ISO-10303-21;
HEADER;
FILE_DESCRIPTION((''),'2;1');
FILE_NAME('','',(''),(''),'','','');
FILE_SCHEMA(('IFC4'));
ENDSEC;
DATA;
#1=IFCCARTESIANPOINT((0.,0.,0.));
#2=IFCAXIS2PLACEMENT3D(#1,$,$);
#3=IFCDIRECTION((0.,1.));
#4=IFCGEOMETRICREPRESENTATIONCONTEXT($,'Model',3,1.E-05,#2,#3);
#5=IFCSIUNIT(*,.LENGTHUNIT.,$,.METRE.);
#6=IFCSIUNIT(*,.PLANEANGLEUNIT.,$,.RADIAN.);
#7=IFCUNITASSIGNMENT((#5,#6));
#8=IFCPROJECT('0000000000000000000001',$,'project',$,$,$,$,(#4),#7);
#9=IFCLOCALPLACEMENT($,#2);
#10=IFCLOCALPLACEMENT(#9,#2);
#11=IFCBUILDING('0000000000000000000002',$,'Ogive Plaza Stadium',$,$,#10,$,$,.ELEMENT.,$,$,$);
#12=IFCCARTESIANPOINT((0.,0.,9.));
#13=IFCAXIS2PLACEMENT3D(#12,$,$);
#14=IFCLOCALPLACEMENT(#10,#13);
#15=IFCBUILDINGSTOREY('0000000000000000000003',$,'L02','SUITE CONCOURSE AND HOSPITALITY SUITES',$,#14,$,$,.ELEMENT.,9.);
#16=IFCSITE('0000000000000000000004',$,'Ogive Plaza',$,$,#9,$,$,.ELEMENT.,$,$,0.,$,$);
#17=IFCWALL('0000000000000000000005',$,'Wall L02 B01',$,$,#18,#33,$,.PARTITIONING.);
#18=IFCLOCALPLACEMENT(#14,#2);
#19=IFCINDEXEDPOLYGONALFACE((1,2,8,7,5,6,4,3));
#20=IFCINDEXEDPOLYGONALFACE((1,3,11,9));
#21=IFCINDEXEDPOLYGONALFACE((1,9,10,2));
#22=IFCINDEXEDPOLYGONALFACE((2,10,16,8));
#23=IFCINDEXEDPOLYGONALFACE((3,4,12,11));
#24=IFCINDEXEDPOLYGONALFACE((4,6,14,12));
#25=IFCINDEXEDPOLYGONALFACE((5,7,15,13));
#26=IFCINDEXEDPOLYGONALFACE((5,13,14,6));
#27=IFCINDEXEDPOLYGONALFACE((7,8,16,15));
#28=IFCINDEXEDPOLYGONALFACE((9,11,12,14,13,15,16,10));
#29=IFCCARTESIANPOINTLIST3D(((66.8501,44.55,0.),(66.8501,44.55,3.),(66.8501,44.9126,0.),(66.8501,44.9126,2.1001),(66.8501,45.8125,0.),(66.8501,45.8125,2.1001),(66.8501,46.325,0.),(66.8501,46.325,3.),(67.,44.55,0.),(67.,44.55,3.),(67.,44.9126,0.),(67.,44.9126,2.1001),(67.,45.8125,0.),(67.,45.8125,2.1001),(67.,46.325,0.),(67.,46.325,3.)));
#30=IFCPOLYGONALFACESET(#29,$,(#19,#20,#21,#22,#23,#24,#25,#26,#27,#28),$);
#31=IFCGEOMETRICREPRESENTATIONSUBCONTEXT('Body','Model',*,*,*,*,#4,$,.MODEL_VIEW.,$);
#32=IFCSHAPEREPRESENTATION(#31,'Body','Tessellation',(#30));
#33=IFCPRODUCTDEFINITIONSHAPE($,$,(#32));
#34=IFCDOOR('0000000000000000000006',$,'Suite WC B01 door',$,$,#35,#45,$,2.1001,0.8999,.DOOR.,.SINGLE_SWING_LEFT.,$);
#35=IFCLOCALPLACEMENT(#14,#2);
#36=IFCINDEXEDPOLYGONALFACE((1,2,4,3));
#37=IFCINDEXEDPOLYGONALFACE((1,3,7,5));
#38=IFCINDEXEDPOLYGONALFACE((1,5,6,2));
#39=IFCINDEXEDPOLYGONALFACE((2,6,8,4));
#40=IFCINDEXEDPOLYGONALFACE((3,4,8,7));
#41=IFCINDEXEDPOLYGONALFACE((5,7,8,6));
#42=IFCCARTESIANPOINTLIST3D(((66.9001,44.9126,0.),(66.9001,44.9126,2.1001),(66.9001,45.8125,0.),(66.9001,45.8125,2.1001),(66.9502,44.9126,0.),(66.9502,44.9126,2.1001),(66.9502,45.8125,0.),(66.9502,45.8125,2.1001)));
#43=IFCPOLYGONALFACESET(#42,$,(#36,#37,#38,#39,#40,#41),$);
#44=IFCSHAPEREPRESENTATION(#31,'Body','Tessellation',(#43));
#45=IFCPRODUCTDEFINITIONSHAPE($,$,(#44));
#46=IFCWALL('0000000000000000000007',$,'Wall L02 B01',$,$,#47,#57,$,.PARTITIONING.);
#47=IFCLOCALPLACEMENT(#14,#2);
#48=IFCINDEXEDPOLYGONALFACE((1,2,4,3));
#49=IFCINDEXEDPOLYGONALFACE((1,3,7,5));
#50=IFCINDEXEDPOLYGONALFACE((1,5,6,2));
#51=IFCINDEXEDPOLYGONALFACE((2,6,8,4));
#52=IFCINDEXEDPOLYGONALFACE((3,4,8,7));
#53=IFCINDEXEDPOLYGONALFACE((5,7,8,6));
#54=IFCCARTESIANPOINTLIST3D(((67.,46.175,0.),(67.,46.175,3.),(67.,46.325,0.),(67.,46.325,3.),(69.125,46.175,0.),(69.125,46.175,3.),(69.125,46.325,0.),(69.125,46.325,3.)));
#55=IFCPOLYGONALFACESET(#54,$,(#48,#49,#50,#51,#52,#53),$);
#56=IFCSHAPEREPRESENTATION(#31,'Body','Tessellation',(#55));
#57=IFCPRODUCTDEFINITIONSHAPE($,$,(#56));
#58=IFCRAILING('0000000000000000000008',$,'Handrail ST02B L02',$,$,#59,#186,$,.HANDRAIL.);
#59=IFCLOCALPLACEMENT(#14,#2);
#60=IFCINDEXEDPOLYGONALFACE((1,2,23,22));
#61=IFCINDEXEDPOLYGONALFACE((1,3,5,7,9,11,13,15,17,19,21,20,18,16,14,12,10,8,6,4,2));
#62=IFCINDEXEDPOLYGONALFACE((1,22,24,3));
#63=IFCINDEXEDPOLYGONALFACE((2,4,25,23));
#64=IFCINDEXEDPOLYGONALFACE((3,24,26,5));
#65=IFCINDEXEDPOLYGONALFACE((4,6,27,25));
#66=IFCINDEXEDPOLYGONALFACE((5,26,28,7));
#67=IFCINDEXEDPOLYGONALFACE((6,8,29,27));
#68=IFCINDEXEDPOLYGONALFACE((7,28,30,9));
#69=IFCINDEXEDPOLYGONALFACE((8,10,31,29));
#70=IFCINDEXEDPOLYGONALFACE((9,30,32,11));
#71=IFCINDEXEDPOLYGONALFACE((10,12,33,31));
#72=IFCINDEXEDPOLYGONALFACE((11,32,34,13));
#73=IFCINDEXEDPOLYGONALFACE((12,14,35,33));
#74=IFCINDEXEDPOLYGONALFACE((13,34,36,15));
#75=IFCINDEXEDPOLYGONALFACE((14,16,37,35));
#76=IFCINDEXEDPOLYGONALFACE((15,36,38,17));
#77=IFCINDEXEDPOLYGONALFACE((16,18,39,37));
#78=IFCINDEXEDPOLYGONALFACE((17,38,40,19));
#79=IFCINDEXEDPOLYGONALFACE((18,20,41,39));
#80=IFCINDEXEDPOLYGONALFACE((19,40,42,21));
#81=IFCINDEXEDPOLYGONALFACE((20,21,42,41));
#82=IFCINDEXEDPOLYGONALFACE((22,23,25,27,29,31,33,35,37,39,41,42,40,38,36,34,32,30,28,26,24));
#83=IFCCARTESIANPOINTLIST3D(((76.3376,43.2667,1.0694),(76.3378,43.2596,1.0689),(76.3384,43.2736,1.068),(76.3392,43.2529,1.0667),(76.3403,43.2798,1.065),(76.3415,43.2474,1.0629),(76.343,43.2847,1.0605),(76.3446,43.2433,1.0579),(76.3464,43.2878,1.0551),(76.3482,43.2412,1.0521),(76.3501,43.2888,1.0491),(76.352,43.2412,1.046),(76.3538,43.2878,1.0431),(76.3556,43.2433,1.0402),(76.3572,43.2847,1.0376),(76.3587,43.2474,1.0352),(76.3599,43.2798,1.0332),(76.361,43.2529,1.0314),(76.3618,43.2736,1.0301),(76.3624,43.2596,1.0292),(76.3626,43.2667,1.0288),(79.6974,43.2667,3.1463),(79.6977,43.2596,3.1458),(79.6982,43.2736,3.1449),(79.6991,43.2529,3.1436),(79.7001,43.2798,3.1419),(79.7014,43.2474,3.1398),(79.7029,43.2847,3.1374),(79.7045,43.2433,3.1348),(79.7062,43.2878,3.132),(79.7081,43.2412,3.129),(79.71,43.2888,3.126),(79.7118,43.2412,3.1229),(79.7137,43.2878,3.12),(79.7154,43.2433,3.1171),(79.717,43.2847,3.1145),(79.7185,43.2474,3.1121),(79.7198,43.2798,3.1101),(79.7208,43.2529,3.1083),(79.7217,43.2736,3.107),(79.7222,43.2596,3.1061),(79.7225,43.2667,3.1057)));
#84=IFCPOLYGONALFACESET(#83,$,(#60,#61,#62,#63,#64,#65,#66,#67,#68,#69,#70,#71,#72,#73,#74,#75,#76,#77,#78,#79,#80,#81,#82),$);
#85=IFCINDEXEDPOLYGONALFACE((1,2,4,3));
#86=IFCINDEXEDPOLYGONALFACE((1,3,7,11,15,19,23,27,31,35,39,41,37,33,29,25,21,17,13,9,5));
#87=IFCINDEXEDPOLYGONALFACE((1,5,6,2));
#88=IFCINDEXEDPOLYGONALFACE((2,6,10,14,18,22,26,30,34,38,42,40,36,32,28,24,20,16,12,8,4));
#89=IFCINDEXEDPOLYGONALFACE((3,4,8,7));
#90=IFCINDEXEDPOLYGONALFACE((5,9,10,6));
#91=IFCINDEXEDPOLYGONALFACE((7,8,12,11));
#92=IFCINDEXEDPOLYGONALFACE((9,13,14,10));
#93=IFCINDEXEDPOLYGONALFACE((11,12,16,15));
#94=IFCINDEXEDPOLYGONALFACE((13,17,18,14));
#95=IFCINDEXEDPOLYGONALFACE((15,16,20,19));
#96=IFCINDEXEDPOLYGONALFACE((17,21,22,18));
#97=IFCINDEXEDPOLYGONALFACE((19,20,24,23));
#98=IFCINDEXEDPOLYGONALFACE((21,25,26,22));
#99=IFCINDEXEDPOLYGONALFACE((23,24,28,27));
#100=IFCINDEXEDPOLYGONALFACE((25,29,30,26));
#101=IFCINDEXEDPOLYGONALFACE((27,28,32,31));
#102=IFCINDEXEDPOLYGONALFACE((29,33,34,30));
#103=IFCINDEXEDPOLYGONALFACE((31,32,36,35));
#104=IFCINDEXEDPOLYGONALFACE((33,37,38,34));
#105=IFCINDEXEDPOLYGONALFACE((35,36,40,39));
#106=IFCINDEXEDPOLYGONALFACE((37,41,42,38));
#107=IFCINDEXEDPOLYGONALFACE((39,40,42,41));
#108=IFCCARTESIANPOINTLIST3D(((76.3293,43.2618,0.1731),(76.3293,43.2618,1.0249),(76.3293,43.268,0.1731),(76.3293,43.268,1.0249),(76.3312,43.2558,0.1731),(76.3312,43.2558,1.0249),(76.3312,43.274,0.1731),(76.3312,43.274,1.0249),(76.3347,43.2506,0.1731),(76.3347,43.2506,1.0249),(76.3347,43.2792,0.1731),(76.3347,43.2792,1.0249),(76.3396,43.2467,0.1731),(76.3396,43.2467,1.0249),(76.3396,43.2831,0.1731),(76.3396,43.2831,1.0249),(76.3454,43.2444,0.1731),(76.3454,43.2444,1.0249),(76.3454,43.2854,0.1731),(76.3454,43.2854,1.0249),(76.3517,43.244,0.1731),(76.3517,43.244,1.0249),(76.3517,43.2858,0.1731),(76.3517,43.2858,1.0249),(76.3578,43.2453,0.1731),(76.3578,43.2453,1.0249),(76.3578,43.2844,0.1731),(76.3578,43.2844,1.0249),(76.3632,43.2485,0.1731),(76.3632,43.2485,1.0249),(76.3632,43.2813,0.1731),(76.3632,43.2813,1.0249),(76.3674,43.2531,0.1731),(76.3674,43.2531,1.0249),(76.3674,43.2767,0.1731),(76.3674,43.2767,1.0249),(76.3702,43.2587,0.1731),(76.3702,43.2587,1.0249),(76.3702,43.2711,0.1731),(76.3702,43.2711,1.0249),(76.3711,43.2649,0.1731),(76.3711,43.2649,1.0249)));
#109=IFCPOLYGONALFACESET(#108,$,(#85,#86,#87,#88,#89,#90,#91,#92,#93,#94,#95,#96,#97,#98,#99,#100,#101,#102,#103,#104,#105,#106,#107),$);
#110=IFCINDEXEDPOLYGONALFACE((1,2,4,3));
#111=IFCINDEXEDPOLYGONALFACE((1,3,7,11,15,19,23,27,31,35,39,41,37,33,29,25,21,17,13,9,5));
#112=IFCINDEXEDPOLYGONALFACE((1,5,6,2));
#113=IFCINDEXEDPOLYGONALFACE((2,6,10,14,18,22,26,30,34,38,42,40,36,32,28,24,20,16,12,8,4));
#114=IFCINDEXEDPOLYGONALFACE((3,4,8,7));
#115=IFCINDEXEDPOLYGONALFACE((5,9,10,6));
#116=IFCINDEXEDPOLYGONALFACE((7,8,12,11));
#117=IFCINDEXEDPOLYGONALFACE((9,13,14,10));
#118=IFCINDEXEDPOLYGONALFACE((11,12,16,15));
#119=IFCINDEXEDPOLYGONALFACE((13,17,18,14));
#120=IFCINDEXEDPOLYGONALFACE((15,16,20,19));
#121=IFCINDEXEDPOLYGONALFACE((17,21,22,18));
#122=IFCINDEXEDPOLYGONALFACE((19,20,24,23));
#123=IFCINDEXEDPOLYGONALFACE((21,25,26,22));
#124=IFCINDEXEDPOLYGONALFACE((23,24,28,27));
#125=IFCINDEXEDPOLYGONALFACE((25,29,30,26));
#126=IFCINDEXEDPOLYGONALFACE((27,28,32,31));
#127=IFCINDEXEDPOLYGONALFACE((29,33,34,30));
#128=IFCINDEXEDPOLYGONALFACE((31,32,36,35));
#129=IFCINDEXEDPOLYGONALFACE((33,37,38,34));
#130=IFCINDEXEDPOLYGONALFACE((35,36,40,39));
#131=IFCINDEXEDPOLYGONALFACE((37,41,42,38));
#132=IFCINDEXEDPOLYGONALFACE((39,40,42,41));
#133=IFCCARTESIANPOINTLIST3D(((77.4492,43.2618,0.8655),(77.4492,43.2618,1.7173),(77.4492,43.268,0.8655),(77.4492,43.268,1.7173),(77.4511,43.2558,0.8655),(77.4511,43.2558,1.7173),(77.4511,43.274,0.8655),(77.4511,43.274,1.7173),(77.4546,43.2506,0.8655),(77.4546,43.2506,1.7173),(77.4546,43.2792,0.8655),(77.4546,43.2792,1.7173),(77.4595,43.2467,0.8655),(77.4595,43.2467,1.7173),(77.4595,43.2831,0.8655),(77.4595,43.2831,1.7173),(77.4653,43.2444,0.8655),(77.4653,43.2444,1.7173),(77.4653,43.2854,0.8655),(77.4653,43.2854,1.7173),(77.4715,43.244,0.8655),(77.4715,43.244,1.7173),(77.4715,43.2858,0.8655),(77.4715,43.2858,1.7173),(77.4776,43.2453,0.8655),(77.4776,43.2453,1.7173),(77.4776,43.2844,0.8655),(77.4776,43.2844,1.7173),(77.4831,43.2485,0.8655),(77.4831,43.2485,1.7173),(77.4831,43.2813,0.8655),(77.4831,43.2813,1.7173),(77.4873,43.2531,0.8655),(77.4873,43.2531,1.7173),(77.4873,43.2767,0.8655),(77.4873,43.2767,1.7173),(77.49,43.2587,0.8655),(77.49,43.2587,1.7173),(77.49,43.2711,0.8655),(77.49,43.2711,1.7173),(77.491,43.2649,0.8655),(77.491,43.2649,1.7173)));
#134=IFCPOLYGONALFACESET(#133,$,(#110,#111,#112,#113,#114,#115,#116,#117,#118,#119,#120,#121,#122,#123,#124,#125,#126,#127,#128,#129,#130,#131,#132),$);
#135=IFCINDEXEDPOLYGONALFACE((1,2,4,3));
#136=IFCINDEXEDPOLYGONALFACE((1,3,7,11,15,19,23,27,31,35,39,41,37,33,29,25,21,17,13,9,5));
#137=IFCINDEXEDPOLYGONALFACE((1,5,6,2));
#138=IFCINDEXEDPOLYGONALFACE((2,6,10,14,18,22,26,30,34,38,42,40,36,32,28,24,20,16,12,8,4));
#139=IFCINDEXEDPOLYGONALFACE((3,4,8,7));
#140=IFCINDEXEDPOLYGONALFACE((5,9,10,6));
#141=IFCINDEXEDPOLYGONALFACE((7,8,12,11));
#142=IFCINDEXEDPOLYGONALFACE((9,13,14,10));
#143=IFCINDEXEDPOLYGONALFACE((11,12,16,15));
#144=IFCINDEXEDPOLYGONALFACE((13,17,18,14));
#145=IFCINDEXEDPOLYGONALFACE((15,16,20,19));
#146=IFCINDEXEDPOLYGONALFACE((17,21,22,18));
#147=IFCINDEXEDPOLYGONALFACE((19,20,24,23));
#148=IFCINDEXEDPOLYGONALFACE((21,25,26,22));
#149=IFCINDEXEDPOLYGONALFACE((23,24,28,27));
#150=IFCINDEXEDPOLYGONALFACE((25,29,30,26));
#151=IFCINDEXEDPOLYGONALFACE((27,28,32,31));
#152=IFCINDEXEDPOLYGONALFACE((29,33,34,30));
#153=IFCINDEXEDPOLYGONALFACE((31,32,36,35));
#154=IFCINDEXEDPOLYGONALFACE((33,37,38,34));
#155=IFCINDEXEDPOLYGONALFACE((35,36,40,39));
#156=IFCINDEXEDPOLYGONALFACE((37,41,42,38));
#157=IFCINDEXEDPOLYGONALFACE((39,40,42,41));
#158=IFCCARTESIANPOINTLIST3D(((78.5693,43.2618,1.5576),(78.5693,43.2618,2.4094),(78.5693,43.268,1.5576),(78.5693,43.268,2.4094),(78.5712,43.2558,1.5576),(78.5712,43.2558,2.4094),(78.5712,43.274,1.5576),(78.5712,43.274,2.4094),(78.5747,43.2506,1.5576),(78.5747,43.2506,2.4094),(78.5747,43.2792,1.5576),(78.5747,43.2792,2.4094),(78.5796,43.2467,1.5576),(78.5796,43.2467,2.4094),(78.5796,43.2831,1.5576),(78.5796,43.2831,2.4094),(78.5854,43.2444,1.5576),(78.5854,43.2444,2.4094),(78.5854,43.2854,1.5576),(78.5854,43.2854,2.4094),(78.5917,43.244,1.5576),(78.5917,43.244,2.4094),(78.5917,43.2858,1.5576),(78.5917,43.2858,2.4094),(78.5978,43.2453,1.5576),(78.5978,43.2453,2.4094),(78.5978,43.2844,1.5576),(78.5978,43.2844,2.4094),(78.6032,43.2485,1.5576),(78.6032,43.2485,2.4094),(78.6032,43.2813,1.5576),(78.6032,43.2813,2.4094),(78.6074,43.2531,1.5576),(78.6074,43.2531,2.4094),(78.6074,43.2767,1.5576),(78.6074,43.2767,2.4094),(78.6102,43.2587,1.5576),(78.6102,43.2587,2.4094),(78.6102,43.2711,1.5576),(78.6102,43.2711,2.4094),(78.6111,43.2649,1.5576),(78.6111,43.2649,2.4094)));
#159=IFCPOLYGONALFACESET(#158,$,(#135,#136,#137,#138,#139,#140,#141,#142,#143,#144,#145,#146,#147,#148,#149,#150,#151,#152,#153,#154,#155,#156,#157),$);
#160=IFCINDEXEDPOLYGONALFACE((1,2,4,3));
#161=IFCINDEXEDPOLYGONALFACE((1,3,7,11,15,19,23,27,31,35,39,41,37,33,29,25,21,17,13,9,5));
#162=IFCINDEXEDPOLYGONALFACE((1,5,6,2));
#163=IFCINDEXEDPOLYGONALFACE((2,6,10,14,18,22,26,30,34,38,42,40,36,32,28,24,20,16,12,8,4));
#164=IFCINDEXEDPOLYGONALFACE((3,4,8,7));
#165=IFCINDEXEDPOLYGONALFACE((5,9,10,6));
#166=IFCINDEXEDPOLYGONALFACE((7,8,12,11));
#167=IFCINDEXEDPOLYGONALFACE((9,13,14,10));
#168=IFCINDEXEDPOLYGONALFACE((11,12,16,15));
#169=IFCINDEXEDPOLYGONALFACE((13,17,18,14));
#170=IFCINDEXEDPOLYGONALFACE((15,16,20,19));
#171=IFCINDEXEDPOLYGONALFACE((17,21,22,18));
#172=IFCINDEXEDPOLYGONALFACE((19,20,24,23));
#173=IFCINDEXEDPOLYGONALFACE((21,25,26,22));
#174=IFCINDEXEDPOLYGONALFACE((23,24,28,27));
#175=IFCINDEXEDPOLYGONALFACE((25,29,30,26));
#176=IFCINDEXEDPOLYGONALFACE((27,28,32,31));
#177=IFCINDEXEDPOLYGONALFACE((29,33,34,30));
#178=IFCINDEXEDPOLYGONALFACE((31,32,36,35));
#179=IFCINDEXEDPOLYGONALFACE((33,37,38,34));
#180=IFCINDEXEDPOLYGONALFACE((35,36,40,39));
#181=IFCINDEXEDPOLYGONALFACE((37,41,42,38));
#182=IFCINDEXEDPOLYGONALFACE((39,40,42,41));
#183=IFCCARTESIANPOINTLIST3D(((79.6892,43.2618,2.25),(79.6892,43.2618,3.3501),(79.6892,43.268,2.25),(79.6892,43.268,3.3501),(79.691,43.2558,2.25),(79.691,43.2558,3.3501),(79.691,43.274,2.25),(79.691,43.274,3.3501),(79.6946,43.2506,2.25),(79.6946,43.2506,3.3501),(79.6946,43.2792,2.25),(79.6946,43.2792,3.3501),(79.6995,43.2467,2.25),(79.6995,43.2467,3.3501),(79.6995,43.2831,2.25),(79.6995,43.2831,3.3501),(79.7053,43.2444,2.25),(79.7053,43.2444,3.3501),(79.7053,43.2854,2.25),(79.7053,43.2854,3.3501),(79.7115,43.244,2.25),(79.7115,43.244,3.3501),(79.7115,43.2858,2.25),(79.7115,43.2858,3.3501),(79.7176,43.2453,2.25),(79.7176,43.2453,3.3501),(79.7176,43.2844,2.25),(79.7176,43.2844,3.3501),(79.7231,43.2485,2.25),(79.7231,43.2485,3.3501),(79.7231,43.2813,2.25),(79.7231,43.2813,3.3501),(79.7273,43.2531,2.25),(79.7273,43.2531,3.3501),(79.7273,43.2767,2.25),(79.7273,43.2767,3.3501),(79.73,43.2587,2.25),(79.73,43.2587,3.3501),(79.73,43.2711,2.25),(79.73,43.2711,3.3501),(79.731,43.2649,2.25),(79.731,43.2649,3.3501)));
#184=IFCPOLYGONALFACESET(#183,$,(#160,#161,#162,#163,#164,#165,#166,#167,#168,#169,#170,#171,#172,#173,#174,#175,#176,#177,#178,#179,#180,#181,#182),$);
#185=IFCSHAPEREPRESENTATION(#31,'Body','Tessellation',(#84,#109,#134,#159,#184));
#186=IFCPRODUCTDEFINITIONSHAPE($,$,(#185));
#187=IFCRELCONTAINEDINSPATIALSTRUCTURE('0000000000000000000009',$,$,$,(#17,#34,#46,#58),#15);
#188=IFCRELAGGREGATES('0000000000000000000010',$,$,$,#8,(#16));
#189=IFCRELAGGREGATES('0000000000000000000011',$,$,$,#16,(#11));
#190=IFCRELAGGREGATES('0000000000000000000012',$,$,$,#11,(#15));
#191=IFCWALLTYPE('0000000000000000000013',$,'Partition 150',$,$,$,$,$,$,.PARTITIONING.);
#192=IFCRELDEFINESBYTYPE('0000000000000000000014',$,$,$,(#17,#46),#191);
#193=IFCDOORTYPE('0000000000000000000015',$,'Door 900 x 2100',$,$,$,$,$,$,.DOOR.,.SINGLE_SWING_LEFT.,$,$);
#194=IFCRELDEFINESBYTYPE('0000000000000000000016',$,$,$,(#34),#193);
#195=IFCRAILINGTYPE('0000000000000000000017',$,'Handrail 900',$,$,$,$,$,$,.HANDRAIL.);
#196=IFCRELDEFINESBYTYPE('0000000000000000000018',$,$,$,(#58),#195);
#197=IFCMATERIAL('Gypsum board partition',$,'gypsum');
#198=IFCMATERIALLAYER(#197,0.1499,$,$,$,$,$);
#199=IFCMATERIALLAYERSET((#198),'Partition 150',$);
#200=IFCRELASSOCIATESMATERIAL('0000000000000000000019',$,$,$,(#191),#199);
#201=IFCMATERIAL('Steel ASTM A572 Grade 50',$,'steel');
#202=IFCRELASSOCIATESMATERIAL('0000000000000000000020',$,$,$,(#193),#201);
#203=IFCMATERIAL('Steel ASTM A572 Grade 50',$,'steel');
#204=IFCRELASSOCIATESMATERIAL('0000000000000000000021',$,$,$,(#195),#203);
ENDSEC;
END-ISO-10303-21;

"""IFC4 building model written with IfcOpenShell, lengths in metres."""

from ifc_helpers import new_model, si_unit, direction, frame, frame_2d, origin, origin_2d, place, context, subcontext, project, spatial, rectangle, circle, extrude, material, layer, layer_set, type_object, element, fill, save


model = new_model("IFC4")

# Units and contexts
model_context = context("Model", 3, precision=1e-05, world=origin(), true_north=direction((0.0, 1.0)))
body_context = subcontext(model_context, "Body", "Model", "MODEL_VIEW")
ifc_project = project(units=[si_unit("LENGTHUNIT", "METRE"), si_unit("PLANEANGLEUNIT", "RADIAN")], contexts=[model_context])

# Site, building, storey
site_placement = place(None, origin())
site = spatial("IfcSite", under=ifc_project, at=site_placement, Name="Ogive Plaza", CompositionType="ELEMENT", RefElevation=0.0)
building_placement = place(site_placement, origin())
building = spatial("IfcBuilding", under=site, at=building_placement, Name="Ogive Plaza Stadium", CompositionType="ELEMENT")
storey_placement = place(building_placement, frame((0.0, 0.0, 9.0)))
storey = spatial("IfcBuildingStorey", under=building, at=storey_placement, Name="L02", Description="SUITE CONCOURSE AND HOSPITALITY SUITES", CompositionType="ELEMENT", Elevation=9.0)

# Wall, opening, door
ifc_material_1 = material(Name="Gypsum board partition", Category="gypsum")
ifc_layer_1 = layer(ifc_material_1, 0.1499)
ifc_layer_set_1 = layer_set([ifc_layer_1], Name="Partition 150")
wall_type_1 = type_object("IfcWallType", Name="Partition 150", PredefinedType="PARTITIONING", material=ifc_layer_set_1)
wall_1_placement = place(storey_placement, frame((66.925, 44.55, 0.0), z_axis=(0.0, 0.0, 1.0), x_axis=(0.0, 1.0, 0.0)))
wall_1 = element("IfcWall", 1, at=wall_1_placement, inside=storey, type_object=wall_type_1, Name="Wall L02 B01", PredefinedType="PARTITIONING", context=body_context, shape_type="SweptSolid", body=[
    extrude(rectangle(XDim=1.7749, YDim=0.1499, at=frame_2d((0.8875, 0.0))), origin(), (0.0, 0.0, 1.0), 3.0),
])
opening_1_placement = place(wall_1_placement, frame((0.3625, 0.0, 0.0)))
opening_1 = element("IfcOpeningElement", 2, at=opening_1_placement, cuts=wall_1, PredefinedType="OPENING", context=body_context, shape_type="SweptSolid", body=[
    extrude(rectangle(XDim=0.8999, YDim=2.1001, at=frame_2d((0.45, 1.05))), frame((0.0, 0.075, 0.0), z_axis=(0.0, -1.0, 0.0), x_axis=(1.0, 0.0, 0.0)), (0.0, 0.0, 1.0), 0.1499),
])
ifc_material_2 = material(Name="Steel ASTM A572 Grade 50", Category="steel")
door_type_1 = type_object("IfcDoorType", Name="Door 900 x 2100", OperationType="SINGLE_SWING_LEFT", PredefinedType="DOOR", material=ifc_material_2)
door_1_placement = place(opening_1_placement, origin())
door_1 = element("IfcDoor", 3, at=door_1_placement, inside=storey, type_object=door_type_1, Name="Suite WC B01 door", OperationType="SINGLE_SWING_LEFT", OverallHeight=2.1001, OverallWidth=0.8999, PredefinedType="DOOR", context=body_context, shape_type="SweptSolid", body=[
    extrude(rectangle(XDim=0.8999, YDim=2.1001, at=frame_2d((0.45, 1.05))), frame((0.0, 0.0249, 0.0), z_axis=(0.0, -1.0, 0.0), x_axis=(1.0, 0.0, 0.0)), (0.0, 0.0, 1.0), 0.05),
])
fill(opening_1, door_1)

# Wall
wall_2_placement = place(storey_placement, frame((67.0, 46.25, 0.0), z_axis=(0.0, 0.0, 1.0), x_axis=(1.0, 0.0, 0.0)))
element("IfcWall", 4, at=wall_2_placement, inside=storey, type_object=wall_type_1, Name="Wall L02 B01", PredefinedType="PARTITIONING", context=body_context, shape_type="SweptSolid", body=[
    extrude(rectangle(XDim=2.125, YDim=0.1499, at=frame_2d((1.0625, 0.0))), origin(), (0.0, 0.0, 1.0), 3.0),
])

# Railing
ifc_material_3 = material(Name="Steel ASTM A572 Grade 50", Category="steel")
railing_type = type_object("IfcRailingType", Name="Handrail 900", PredefinedType="HANDRAIL", material=ifc_material_3)
railing_placement = place(storey_placement, frame((76.3501, 43.2649, 0.1731)))
element("IfcRailing", 5, at=railing_placement, inside=storey, type_object=railing_type, Name="Handrail ST02B L02", PredefinedType="HANDRAIL", context=body_context, shape_type="SweptSolid", body=[
    extrude(circle(Radius=0.0239, at=origin_2d()), frame((0.0, 0.0, 0.876), z_axis=(0.850606, 0.0, 0.525803), x_axis=(0.0, 1.0, 0.0)), (0.0, 0.0, 1.0), 3.95),
    extrude(circle(Radius=0.021, at=origin_2d()), origin(), (0.0, 0.0, 1.0), 0.8518),
    extrude(circle(Radius=0.021, at=origin_2d()), frame((1.1199, 0.0, 0.6924)), (0.0, 0.0, 1.0), 0.8518),
    extrude(circle(Radius=0.021, at=origin_2d()), frame((2.24, 0.0, 1.3845)), (0.0, 0.0, 1.0), 0.8518),
    extrude(circle(Radius=0.021, at=origin_2d()), frame((3.3599, 0.0, 2.0769)), (0.0, 0.0, 1.0), 1.1001),
])

save(model, "model.ifc")
